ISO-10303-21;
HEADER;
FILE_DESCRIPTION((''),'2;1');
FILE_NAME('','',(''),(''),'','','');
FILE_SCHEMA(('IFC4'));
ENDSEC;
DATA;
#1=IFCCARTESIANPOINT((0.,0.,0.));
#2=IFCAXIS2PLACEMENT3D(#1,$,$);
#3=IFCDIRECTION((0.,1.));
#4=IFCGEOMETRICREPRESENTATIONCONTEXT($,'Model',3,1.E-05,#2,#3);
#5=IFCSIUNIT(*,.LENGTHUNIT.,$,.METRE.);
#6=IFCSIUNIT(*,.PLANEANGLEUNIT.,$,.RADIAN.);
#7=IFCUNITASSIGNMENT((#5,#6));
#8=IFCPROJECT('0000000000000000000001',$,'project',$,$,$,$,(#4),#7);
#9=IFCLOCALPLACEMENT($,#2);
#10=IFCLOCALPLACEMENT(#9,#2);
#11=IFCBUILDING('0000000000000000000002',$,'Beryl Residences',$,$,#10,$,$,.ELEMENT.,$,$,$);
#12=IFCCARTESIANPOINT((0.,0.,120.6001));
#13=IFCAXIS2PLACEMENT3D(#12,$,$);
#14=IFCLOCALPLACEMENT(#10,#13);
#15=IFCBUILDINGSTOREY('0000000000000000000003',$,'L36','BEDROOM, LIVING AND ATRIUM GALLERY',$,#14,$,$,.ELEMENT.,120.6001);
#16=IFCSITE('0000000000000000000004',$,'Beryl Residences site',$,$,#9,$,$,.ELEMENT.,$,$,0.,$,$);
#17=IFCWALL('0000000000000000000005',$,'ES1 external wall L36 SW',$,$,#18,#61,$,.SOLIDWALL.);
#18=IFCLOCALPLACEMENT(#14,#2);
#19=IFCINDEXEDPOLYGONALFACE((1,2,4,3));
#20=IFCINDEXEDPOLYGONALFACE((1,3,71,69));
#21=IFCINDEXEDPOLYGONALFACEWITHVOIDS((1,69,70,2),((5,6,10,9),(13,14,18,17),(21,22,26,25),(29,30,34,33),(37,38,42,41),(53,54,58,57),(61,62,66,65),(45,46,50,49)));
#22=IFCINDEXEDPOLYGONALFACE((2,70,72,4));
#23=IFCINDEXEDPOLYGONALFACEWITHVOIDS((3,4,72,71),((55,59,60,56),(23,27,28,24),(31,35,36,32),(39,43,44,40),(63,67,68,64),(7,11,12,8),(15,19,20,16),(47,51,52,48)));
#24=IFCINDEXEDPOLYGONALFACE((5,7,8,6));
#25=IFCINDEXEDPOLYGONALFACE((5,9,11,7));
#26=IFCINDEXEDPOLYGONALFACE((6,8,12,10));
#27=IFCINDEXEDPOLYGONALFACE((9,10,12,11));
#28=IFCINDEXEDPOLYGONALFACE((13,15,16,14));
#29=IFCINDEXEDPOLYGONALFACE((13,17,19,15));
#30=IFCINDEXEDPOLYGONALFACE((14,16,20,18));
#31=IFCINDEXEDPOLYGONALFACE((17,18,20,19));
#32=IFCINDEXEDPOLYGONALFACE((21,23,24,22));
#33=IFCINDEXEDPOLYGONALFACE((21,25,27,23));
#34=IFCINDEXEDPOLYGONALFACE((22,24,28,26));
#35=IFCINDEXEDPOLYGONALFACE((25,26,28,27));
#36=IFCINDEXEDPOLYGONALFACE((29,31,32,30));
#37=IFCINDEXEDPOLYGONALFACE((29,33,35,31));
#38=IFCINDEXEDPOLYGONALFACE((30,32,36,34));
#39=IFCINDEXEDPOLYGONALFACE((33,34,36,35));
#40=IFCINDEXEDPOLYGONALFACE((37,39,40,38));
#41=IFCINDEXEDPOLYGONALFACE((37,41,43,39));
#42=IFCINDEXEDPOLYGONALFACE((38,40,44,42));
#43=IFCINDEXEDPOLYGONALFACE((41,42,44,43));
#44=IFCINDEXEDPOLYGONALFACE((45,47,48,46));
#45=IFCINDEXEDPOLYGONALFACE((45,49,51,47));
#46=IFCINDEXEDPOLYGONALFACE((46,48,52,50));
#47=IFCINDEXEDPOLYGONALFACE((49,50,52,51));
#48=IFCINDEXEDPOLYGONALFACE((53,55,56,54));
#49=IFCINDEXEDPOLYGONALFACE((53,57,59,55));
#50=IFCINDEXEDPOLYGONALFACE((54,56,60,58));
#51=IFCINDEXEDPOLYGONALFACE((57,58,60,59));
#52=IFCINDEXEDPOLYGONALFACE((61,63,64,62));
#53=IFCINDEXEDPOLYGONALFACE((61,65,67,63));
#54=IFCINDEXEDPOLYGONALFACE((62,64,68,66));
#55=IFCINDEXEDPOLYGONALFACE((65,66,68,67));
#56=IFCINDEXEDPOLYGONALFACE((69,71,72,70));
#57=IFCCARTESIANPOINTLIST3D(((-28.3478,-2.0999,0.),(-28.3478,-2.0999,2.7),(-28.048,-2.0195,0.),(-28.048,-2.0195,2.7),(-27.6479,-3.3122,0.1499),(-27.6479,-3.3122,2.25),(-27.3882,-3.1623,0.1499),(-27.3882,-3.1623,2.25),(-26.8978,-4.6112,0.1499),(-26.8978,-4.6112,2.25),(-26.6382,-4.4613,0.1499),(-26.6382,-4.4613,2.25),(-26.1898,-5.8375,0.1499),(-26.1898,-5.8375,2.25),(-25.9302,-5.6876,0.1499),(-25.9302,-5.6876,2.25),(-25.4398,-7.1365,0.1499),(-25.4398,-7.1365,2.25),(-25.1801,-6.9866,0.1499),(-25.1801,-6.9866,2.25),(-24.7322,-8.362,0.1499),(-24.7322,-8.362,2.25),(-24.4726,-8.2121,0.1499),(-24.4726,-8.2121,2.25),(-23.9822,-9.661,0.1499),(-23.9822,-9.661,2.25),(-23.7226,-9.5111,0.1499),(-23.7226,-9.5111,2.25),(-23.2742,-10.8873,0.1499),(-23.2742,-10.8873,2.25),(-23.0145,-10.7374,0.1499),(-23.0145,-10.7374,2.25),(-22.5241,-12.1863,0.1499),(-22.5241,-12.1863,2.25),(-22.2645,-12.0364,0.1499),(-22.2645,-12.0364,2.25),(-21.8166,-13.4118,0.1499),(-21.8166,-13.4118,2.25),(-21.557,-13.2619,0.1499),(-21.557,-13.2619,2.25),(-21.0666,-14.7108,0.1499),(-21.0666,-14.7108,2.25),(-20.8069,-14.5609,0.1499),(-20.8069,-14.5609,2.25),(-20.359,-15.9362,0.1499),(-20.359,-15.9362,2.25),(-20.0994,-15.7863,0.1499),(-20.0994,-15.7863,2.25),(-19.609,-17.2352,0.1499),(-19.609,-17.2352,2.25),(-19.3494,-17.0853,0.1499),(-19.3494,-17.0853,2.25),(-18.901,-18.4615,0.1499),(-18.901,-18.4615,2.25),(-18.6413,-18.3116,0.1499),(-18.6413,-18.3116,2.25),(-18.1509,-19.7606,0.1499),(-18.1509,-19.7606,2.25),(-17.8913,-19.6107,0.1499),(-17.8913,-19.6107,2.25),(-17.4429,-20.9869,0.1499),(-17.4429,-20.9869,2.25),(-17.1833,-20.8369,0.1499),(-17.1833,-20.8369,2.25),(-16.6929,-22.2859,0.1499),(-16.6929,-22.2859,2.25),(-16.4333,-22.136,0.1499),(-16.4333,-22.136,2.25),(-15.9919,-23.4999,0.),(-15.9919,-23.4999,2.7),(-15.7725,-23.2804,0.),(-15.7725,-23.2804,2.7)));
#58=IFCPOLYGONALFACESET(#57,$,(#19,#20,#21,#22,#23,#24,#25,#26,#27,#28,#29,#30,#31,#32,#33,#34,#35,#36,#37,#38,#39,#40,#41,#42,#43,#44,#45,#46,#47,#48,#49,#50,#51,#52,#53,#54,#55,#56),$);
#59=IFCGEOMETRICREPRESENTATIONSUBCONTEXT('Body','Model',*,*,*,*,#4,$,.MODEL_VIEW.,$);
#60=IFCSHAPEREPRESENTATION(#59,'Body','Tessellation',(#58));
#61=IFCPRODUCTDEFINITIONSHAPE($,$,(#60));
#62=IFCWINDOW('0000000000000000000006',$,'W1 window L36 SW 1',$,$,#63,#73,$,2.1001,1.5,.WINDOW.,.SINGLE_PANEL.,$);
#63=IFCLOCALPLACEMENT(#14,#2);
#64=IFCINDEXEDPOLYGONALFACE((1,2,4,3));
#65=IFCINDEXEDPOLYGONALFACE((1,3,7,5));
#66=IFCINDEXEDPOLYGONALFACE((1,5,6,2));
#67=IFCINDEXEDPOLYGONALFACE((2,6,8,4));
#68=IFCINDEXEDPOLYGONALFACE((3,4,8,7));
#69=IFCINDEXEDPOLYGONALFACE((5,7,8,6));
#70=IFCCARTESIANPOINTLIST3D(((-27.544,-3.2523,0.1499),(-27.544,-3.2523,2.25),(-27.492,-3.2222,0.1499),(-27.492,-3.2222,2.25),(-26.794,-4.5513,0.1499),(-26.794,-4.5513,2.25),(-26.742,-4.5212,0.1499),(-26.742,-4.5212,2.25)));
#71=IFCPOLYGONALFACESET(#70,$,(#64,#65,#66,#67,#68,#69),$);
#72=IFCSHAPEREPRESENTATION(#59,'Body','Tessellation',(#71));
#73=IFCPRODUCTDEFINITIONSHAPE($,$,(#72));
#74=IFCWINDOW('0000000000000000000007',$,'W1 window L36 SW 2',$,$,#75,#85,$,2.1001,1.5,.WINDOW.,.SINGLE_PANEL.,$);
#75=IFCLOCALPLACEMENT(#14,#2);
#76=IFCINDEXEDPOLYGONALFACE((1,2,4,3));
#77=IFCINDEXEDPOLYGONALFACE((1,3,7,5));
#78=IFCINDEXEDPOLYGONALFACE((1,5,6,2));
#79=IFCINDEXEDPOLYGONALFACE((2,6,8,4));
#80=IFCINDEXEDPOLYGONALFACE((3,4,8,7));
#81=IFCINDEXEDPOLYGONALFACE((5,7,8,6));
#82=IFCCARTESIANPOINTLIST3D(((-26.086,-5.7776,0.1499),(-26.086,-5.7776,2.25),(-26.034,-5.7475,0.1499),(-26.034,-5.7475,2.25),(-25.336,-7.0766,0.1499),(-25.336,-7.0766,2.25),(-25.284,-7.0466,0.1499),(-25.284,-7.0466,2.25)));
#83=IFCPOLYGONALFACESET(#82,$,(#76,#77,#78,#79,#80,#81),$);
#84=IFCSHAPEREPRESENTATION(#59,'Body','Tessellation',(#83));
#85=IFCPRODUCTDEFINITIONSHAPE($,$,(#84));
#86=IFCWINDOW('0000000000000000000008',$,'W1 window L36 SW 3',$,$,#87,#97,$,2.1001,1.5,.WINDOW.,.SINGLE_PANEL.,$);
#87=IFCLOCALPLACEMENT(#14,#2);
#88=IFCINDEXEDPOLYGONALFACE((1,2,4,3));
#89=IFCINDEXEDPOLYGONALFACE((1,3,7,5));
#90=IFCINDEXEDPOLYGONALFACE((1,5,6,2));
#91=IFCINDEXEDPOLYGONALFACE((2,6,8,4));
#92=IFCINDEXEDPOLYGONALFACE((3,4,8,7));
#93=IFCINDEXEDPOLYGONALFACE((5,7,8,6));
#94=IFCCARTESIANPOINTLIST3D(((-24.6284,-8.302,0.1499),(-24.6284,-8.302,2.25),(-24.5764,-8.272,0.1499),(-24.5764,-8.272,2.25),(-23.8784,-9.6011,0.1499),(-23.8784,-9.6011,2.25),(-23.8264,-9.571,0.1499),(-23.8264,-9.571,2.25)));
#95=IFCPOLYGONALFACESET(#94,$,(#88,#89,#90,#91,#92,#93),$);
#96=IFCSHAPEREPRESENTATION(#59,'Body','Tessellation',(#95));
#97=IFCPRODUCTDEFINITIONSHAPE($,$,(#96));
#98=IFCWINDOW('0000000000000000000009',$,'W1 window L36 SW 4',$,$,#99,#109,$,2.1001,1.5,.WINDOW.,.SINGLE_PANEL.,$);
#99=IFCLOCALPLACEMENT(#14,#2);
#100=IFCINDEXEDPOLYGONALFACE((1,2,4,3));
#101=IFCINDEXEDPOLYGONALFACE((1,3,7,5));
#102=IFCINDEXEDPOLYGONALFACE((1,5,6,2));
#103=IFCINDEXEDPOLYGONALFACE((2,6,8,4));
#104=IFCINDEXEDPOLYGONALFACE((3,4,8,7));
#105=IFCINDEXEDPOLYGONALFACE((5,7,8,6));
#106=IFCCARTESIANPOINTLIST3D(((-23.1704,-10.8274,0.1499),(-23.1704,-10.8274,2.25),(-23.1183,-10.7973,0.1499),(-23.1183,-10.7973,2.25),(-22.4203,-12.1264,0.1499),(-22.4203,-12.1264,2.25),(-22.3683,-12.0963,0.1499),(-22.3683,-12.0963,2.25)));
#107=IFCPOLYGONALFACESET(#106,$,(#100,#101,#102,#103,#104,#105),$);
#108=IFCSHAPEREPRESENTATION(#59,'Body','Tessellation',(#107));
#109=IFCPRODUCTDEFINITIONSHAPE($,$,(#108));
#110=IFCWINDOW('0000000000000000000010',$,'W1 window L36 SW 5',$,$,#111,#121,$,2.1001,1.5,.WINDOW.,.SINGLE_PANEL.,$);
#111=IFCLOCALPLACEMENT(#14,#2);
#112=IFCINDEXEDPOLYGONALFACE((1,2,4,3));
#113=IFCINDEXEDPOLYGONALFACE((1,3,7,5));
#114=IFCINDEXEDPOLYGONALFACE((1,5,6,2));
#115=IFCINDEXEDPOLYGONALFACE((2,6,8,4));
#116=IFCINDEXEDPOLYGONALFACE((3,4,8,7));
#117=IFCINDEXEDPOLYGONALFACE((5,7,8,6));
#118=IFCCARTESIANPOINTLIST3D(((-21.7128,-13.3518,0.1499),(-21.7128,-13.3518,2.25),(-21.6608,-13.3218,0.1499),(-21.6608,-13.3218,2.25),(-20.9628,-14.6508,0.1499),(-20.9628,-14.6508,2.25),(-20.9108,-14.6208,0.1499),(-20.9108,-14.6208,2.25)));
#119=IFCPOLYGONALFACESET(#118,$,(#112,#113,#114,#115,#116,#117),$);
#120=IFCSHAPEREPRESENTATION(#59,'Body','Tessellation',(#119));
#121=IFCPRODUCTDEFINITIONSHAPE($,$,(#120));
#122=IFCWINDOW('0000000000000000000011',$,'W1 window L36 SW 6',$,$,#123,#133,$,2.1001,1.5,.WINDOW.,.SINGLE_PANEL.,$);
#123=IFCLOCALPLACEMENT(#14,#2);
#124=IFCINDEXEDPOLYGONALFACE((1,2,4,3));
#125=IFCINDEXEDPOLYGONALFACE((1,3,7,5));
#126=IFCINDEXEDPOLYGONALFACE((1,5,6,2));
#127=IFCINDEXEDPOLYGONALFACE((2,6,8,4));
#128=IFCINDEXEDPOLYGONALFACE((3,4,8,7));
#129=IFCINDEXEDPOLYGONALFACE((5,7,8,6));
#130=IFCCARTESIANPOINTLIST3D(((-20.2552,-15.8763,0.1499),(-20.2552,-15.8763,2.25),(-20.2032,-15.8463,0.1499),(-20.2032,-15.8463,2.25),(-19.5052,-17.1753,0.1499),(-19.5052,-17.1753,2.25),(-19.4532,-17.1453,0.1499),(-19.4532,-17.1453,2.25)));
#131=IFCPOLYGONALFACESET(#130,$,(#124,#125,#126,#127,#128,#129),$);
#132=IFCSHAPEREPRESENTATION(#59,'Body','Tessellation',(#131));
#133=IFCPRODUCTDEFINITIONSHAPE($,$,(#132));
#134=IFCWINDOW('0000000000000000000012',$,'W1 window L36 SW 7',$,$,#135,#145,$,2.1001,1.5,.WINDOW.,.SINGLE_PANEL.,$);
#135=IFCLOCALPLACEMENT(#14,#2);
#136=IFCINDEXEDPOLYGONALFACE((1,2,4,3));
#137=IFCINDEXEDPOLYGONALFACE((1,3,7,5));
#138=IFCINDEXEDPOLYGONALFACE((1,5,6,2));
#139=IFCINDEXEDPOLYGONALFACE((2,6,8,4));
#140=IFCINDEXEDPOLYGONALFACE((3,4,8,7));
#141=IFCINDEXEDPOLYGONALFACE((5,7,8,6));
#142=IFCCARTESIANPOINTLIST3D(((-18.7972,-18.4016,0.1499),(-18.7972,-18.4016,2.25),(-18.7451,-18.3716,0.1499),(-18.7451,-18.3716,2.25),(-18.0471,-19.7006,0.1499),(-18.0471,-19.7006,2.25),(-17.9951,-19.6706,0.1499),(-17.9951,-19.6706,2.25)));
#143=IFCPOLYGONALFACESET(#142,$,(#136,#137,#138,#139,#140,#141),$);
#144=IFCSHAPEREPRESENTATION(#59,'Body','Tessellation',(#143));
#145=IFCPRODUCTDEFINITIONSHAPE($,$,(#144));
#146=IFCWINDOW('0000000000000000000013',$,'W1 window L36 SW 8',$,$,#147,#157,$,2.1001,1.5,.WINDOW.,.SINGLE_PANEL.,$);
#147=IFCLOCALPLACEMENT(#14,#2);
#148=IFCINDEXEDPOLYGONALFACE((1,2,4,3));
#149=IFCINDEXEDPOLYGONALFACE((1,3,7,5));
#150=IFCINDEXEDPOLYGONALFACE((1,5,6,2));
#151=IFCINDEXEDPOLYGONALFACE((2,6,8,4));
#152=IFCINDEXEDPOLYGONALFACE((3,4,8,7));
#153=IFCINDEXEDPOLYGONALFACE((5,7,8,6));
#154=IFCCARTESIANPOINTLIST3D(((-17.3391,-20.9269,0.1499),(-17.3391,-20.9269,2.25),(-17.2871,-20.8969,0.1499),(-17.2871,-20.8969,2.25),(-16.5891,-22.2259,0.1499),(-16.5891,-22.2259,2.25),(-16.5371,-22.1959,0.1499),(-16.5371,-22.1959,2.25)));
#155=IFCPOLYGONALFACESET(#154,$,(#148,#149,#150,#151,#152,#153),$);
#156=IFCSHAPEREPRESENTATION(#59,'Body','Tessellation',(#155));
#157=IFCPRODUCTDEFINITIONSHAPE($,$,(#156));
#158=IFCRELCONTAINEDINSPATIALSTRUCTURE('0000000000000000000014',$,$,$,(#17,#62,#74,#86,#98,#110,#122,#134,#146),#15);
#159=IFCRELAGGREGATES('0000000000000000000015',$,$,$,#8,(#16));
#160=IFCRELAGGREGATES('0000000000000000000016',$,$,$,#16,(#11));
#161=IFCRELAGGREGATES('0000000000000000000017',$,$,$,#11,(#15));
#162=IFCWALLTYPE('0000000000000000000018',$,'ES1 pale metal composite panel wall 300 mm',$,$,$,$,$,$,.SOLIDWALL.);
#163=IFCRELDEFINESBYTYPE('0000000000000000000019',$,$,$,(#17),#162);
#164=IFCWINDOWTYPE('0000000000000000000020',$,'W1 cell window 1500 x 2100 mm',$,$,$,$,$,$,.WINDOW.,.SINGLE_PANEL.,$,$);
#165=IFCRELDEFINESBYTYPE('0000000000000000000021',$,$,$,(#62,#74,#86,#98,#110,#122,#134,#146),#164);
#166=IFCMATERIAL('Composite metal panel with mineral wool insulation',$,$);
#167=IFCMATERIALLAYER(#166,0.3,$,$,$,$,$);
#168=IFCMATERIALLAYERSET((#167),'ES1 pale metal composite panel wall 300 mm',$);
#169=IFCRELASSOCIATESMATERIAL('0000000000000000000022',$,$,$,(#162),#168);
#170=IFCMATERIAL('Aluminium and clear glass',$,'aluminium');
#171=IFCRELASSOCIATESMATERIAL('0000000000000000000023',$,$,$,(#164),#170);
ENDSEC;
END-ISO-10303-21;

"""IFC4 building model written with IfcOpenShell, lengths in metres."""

from ifc_helpers import new_model, si_unit, direction, frame, frame_2d, origin, place, context, subcontext, project, spatial, polyline, rectangle, outline, extrude, material, layer, layer_set, type_object, element, fill, save


model = new_model("IFC4")

# Units and contexts
model_context = context("Model", 3, precision=1e-05, world=origin(), true_north=direction((0.0, 1.0)))
body_context = subcontext(model_context, "Body", "Model", "MODEL_VIEW")
ifc_project = project(units=[si_unit("LENGTHUNIT", "METRE"), si_unit("PLANEANGLEUNIT", "RADIAN")], contexts=[model_context])

# Site, building, storey
site_placement = place(None, origin())
site = spatial("IfcSite", under=ifc_project, at=site_placement, Name="Beryl Residences site", CompositionType="ELEMENT", RefElevation=0.0)
building_placement = place(site_placement, origin())
building = spatial("IfcBuilding", under=site, at=building_placement, Name="Beryl Residences", CompositionType="ELEMENT")
storey_placement = place(building_placement, frame((0.0, 0.0, 120.6001)))
storey = spatial("IfcBuildingStorey", under=building, at=storey_placement, Name="L36", Description="BEDROOM, LIVING AND ATRIUM GALLERY", CompositionType="ELEMENT", Elevation=120.6001)

# Wall, openings, windows
ifc_material_1 = material(Name="Composite metal panel with mineral wool insulation")
ifc_layer_1 = layer(ifc_material_1, 0.3)
ifc_layer_set_1 = layer_set([ifc_layer_1], Name="ES1 pale metal composite panel wall 300 mm")
wall_type_1 = type_object("IfcWallType", Name="ES1 pale metal composite panel wall 300 mm", PredefinedType="SOLIDWALL", material=ifc_layer_set_1)
wall_1_placement = place(storey_placement, frame((-28.218, -2.0249, 0.0), z_axis=(0.0, 0.0, 1.0), x_axis=(0.500018, -0.866015, 0.0)))
wall_1 = element("IfcWall", 1, at=wall_1_placement, inside=storey, type_object=wall_type_1, Name="ES1 external wall L36 SW", PredefinedType="SOLIDWALL", context=body_context, shape_type="SweptSolid", body=[
    extrude(outline(polyline([(0.0, -0.1499), (24.7109, -0.1499), (24.6306, 0.1499), (0.0803, 0.1499), (0.0, -0.1499)])), origin(), (0.0, 0.0, 1.0), 2.7),
])
opening_1_placement = place(wall_1_placement, frame((1.3999, 0.0, 0.1499)))
opening_1 = element("IfcOpeningElement", 2, at=opening_1_placement, cuts=wall_1, PredefinedType="OPENING", context=body_context, shape_type="SweptSolid", body=[
    extrude(rectangle(XDim=1.5, YDim=2.1001, at=frame_2d((0.75, 1.05))), frame((0.0, 0.1599, 0.0), z_axis=(0.0, -1.0, 0.0), x_axis=(1.0, 0.0, 0.0)), (0.0, 0.0, 1.0), 0.3201),
])
opening_2_placement = place(wall_1_placement, frame((4.3159, 0.0, 0.1499)))
opening_2 = element("IfcOpeningElement", 3, at=opening_2_placement, cuts=wall_1, PredefinedType="OPENING", context=body_context, shape_type="SweptSolid", body=[
    extrude(rectangle(XDim=1.5, YDim=2.1001, at=frame_2d((0.75, 1.05))), frame((0.0, 0.1599, 0.0), z_axis=(0.0, -1.0, 0.0), x_axis=(1.0, 0.0, 0.0)), (0.0, 0.0, 1.0), 0.3201),
])
opening_3_placement = place(wall_1_placement, frame((7.231, 0.0, 0.1499)))
opening_3 = element("IfcOpeningElement", 4, at=opening_3_placement, cuts=wall_1, PredefinedType="OPENING", context=body_context, shape_type="SweptSolid", body=[
    extrude(rectangle(XDim=1.5, YDim=2.1001, at=frame_2d((0.75, 1.05))), frame((0.0, 0.1599, 0.0), z_axis=(0.0, -1.0, 0.0), x_axis=(1.0, 0.0, 0.0)), (0.0, 0.0, 1.0), 0.3201),
])
opening_4_placement = place(wall_1_placement, frame((10.147, 0.0, 0.1499)))
opening_4 = element("IfcOpeningElement", 5, at=opening_4_placement, cuts=wall_1, PredefinedType="OPENING", context=body_context, shape_type="SweptSolid", body=[
    extrude(rectangle(XDim=1.5, YDim=2.1001, at=frame_2d((0.75, 1.05))), frame((0.0, 0.1599, 0.0), z_axis=(0.0, -1.0, 0.0), x_axis=(1.0, 0.0, 0.0)), (0.0, 0.0, 1.0), 0.3201),
])
opening_5_placement = place(wall_1_placement, frame((13.062, 0.0, 0.1499)))
opening_5 = element("IfcOpeningElement", 6, at=opening_5_placement, cuts=wall_1, PredefinedType="OPENING", context=body_context, shape_type="SweptSolid", body=[
    extrude(rectangle(XDim=1.5, YDim=2.1001, at=frame_2d((0.75, 1.05))), frame((0.0, 0.1599, 0.0), z_axis=(0.0, -1.0, 0.0), x_axis=(1.0, 0.0, 0.0)), (0.0, 0.0, 1.0), 0.3201),
])
opening_6_placement = place(wall_1_placement, frame((15.9771, 0.0, 0.1499)))
opening_6 = element("IfcOpeningElement", 7, at=opening_6_placement, cuts=wall_1, PredefinedType="OPENING", context=body_context, shape_type="SweptSolid", body=[
    extrude(rectangle(XDim=1.5, YDim=2.1001, at=frame_2d((0.75, 1.05))), frame((0.0, 0.1599, 0.0), z_axis=(0.0, -1.0, 0.0), x_axis=(1.0, 0.0, 0.0)), (0.0, 0.0, 1.0), 0.3201),
])
opening_7_placement = place(wall_1_placement, frame((18.8931, 0.0, 0.1499)))
opening_7 = element("IfcOpeningElement", 8, at=opening_7_placement, cuts=wall_1, PredefinedType="OPENING", context=body_context, shape_type="SweptSolid", body=[
    extrude(rectangle(XDim=1.5, YDim=2.1001, at=frame_2d((0.75, 1.05))), frame((0.0, 0.1599, 0.0), z_axis=(0.0, -1.0, 0.0), x_axis=(1.0, 0.0, 0.0)), (0.0, 0.0, 1.0), 0.3201),
])
opening_8_placement = place(wall_1_placement, frame((21.8091, 0.0, 0.1499)))
opening_8 = element("IfcOpeningElement", 9, at=opening_8_placement, cuts=wall_1, PredefinedType="OPENING", context=body_context, shape_type="SweptSolid", body=[
    extrude(rectangle(XDim=1.5, YDim=2.1001, at=frame_2d((0.75, 1.05))), frame((0.0, 0.1599, 0.0), z_axis=(0.0, -1.0, 0.0), x_axis=(1.0, 0.0, 0.0)), (0.0, 0.0, 1.0), 0.3201),
])
ifc_material_2 = material(Name="Aluminium and clear glass", Category="aluminium")
window_type = type_object("IfcWindowType", Name="W1 cell window 1500 x 2100 mm", PartitioningType="SINGLE_PANEL", PredefinedType="WINDOW", material=ifc_material_2)
window_1_placement = place(opening_1_placement, origin())
window_1 = element("IfcWindow", 10, at=window_1_placement, inside=storey, type_object=window_type, Name="W1 window L36 SW 1", OverallHeight=2.1001, OverallWidth=1.5, PartitioningType="SINGLE_PANEL", PredefinedType="WINDOW", context=body_context, shape_type="SweptSolid", body=[
    extrude(rectangle(XDim=1.5, YDim=2.1001, at=frame_2d((0.75, 1.05))), frame((0.0, 0.03, 0.0), z_axis=(0.0, -1.0, 0.0), x_axis=(1.0, 0.0, 0.0)), (0.0, 0.0, 1.0), 0.0601),
])
fill(opening_1, window_1)
window_2_placement = place(opening_2_placement, origin())
window_2 = element("IfcWindow", 11, at=window_2_placement, inside=storey, type_object=window_type, Name="W1 window L36 SW 2", OverallHeight=2.1001, OverallWidth=1.5, PartitioningType="SINGLE_PANEL", PredefinedType="WINDOW", context=body_context, shape_type="SweptSolid", body=[
    extrude(rectangle(XDim=1.5, YDim=2.1001, at=frame_2d((0.75, 1.05))), frame((0.0, 0.03, 0.0), z_axis=(0.0, -1.0, 0.0), x_axis=(1.0, 0.0, 0.0)), (0.0, 0.0, 1.0), 0.0601),
])
fill(opening_2, window_2)
window_3_placement = place(opening_3_placement, origin())
window_3 = element("IfcWindow", 12, at=window_3_placement, inside=storey, type_object=window_type, Name="W1 window L36 SW 3", OverallHeight=2.1001, OverallWidth=1.5, PartitioningType="SINGLE_PANEL", PredefinedType="WINDOW", context=body_context, shape_type="SweptSolid", body=[
    extrude(rectangle(XDim=1.5, YDim=2.1001, at=frame_2d((0.75, 1.05))), frame((0.0, 0.03, 0.0), z_axis=(0.0, -1.0, 0.0), x_axis=(1.0, 0.0, 0.0)), (0.0, 0.0, 1.0), 0.0601),
])
fill(opening_3, window_3)
window_4_placement = place(opening_4_placement, origin())
window_4 = element("IfcWindow", 13, at=window_4_placement, inside=storey, type_object=window_type, Name="W1 window L36 SW 4", OverallHeight=2.1001, OverallWidth=1.5, PartitioningType="SINGLE_PANEL", PredefinedType="WINDOW", context=body_context, shape_type="SweptSolid", body=[
    extrude(rectangle(XDim=1.5, YDim=2.1001, at=frame_2d((0.75, 1.05))), frame((0.0, 0.03, 0.0), z_axis=(0.0, -1.0, 0.0), x_axis=(1.0, 0.0, 0.0)), (0.0, 0.0, 1.0), 0.0601),
])
fill(opening_4, window_4)
window_5_placement = place(opening_5_placement, origin())
window_5 = element("IfcWindow", 14, at=window_5_placement, inside=storey, type_object=window_type, Name="W1 window L36 SW 5", OverallHeight=2.1001, OverallWidth=1.5, PartitioningType="SINGLE_PANEL", PredefinedType="WINDOW", context=body_context, shape_type="SweptSolid", body=[
    extrude(rectangle(XDim=1.5, YDim=2.1001, at=frame_2d((0.75, 1.05))), frame((0.0, 0.03, 0.0), z_axis=(0.0, -1.0, 0.0), x_axis=(1.0, 0.0, 0.0)), (0.0, 0.0, 1.0), 0.0601),
])
fill(opening_5, window_5)
window_6_placement = place(opening_6_placement, origin())
window_6 = element("IfcWindow", 15, at=window_6_placement, inside=storey, type_object=window_type, Name="W1 window L36 SW 6", OverallHeight=2.1001, OverallWidth=1.5, PartitioningType="SINGLE_PANEL", PredefinedType="WINDOW", context=body_context, shape_type="SweptSolid", body=[
    extrude(rectangle(XDim=1.5, YDim=2.1001, at=frame_2d((0.75, 1.05))), frame((0.0, 0.03, 0.0), z_axis=(0.0, -1.0, 0.0), x_axis=(1.0, 0.0, 0.0)), (0.0, 0.0, 1.0), 0.0601),
])
fill(opening_6, window_6)
window_7_placement = place(opening_7_placement, origin())
window_7 = element("IfcWindow", 16, at=window_7_placement, inside=storey, type_object=window_type, Name="W1 window L36 SW 7", OverallHeight=2.1001, OverallWidth=1.5, PartitioningType="SINGLE_PANEL", PredefinedType="WINDOW", context=body_context, shape_type="SweptSolid", body=[
    extrude(rectangle(XDim=1.5, YDim=2.1001, at=frame_2d((0.75, 1.05))), frame((0.0, 0.03, 0.0), z_axis=(0.0, -1.0, 0.0), x_axis=(1.0, 0.0, 0.0)), (0.0, 0.0, 1.0), 0.0601),
])
fill(opening_7, window_7)
window_8_placement = place(opening_8_placement, origin())
window_8 = element("IfcWindow", 17, at=window_8_placement, inside=storey, type_object=window_type, Name="W1 window L36 SW 8", OverallHeight=2.1001, OverallWidth=1.5, PartitioningType="SINGLE_PANEL", PredefinedType="WINDOW", context=body_context, shape_type="SweptSolid", body=[
    extrude(rectangle(XDim=1.5, YDim=2.1001, at=frame_2d((0.75, 1.05))), frame((0.0, 0.03, 0.0), z_axis=(0.0, -1.0, 0.0), x_axis=(1.0, 0.0, 0.0)), (0.0, 0.0, 1.0), 0.0601),
])
fill(opening_8, window_8)

save(model, "model.ifc")
